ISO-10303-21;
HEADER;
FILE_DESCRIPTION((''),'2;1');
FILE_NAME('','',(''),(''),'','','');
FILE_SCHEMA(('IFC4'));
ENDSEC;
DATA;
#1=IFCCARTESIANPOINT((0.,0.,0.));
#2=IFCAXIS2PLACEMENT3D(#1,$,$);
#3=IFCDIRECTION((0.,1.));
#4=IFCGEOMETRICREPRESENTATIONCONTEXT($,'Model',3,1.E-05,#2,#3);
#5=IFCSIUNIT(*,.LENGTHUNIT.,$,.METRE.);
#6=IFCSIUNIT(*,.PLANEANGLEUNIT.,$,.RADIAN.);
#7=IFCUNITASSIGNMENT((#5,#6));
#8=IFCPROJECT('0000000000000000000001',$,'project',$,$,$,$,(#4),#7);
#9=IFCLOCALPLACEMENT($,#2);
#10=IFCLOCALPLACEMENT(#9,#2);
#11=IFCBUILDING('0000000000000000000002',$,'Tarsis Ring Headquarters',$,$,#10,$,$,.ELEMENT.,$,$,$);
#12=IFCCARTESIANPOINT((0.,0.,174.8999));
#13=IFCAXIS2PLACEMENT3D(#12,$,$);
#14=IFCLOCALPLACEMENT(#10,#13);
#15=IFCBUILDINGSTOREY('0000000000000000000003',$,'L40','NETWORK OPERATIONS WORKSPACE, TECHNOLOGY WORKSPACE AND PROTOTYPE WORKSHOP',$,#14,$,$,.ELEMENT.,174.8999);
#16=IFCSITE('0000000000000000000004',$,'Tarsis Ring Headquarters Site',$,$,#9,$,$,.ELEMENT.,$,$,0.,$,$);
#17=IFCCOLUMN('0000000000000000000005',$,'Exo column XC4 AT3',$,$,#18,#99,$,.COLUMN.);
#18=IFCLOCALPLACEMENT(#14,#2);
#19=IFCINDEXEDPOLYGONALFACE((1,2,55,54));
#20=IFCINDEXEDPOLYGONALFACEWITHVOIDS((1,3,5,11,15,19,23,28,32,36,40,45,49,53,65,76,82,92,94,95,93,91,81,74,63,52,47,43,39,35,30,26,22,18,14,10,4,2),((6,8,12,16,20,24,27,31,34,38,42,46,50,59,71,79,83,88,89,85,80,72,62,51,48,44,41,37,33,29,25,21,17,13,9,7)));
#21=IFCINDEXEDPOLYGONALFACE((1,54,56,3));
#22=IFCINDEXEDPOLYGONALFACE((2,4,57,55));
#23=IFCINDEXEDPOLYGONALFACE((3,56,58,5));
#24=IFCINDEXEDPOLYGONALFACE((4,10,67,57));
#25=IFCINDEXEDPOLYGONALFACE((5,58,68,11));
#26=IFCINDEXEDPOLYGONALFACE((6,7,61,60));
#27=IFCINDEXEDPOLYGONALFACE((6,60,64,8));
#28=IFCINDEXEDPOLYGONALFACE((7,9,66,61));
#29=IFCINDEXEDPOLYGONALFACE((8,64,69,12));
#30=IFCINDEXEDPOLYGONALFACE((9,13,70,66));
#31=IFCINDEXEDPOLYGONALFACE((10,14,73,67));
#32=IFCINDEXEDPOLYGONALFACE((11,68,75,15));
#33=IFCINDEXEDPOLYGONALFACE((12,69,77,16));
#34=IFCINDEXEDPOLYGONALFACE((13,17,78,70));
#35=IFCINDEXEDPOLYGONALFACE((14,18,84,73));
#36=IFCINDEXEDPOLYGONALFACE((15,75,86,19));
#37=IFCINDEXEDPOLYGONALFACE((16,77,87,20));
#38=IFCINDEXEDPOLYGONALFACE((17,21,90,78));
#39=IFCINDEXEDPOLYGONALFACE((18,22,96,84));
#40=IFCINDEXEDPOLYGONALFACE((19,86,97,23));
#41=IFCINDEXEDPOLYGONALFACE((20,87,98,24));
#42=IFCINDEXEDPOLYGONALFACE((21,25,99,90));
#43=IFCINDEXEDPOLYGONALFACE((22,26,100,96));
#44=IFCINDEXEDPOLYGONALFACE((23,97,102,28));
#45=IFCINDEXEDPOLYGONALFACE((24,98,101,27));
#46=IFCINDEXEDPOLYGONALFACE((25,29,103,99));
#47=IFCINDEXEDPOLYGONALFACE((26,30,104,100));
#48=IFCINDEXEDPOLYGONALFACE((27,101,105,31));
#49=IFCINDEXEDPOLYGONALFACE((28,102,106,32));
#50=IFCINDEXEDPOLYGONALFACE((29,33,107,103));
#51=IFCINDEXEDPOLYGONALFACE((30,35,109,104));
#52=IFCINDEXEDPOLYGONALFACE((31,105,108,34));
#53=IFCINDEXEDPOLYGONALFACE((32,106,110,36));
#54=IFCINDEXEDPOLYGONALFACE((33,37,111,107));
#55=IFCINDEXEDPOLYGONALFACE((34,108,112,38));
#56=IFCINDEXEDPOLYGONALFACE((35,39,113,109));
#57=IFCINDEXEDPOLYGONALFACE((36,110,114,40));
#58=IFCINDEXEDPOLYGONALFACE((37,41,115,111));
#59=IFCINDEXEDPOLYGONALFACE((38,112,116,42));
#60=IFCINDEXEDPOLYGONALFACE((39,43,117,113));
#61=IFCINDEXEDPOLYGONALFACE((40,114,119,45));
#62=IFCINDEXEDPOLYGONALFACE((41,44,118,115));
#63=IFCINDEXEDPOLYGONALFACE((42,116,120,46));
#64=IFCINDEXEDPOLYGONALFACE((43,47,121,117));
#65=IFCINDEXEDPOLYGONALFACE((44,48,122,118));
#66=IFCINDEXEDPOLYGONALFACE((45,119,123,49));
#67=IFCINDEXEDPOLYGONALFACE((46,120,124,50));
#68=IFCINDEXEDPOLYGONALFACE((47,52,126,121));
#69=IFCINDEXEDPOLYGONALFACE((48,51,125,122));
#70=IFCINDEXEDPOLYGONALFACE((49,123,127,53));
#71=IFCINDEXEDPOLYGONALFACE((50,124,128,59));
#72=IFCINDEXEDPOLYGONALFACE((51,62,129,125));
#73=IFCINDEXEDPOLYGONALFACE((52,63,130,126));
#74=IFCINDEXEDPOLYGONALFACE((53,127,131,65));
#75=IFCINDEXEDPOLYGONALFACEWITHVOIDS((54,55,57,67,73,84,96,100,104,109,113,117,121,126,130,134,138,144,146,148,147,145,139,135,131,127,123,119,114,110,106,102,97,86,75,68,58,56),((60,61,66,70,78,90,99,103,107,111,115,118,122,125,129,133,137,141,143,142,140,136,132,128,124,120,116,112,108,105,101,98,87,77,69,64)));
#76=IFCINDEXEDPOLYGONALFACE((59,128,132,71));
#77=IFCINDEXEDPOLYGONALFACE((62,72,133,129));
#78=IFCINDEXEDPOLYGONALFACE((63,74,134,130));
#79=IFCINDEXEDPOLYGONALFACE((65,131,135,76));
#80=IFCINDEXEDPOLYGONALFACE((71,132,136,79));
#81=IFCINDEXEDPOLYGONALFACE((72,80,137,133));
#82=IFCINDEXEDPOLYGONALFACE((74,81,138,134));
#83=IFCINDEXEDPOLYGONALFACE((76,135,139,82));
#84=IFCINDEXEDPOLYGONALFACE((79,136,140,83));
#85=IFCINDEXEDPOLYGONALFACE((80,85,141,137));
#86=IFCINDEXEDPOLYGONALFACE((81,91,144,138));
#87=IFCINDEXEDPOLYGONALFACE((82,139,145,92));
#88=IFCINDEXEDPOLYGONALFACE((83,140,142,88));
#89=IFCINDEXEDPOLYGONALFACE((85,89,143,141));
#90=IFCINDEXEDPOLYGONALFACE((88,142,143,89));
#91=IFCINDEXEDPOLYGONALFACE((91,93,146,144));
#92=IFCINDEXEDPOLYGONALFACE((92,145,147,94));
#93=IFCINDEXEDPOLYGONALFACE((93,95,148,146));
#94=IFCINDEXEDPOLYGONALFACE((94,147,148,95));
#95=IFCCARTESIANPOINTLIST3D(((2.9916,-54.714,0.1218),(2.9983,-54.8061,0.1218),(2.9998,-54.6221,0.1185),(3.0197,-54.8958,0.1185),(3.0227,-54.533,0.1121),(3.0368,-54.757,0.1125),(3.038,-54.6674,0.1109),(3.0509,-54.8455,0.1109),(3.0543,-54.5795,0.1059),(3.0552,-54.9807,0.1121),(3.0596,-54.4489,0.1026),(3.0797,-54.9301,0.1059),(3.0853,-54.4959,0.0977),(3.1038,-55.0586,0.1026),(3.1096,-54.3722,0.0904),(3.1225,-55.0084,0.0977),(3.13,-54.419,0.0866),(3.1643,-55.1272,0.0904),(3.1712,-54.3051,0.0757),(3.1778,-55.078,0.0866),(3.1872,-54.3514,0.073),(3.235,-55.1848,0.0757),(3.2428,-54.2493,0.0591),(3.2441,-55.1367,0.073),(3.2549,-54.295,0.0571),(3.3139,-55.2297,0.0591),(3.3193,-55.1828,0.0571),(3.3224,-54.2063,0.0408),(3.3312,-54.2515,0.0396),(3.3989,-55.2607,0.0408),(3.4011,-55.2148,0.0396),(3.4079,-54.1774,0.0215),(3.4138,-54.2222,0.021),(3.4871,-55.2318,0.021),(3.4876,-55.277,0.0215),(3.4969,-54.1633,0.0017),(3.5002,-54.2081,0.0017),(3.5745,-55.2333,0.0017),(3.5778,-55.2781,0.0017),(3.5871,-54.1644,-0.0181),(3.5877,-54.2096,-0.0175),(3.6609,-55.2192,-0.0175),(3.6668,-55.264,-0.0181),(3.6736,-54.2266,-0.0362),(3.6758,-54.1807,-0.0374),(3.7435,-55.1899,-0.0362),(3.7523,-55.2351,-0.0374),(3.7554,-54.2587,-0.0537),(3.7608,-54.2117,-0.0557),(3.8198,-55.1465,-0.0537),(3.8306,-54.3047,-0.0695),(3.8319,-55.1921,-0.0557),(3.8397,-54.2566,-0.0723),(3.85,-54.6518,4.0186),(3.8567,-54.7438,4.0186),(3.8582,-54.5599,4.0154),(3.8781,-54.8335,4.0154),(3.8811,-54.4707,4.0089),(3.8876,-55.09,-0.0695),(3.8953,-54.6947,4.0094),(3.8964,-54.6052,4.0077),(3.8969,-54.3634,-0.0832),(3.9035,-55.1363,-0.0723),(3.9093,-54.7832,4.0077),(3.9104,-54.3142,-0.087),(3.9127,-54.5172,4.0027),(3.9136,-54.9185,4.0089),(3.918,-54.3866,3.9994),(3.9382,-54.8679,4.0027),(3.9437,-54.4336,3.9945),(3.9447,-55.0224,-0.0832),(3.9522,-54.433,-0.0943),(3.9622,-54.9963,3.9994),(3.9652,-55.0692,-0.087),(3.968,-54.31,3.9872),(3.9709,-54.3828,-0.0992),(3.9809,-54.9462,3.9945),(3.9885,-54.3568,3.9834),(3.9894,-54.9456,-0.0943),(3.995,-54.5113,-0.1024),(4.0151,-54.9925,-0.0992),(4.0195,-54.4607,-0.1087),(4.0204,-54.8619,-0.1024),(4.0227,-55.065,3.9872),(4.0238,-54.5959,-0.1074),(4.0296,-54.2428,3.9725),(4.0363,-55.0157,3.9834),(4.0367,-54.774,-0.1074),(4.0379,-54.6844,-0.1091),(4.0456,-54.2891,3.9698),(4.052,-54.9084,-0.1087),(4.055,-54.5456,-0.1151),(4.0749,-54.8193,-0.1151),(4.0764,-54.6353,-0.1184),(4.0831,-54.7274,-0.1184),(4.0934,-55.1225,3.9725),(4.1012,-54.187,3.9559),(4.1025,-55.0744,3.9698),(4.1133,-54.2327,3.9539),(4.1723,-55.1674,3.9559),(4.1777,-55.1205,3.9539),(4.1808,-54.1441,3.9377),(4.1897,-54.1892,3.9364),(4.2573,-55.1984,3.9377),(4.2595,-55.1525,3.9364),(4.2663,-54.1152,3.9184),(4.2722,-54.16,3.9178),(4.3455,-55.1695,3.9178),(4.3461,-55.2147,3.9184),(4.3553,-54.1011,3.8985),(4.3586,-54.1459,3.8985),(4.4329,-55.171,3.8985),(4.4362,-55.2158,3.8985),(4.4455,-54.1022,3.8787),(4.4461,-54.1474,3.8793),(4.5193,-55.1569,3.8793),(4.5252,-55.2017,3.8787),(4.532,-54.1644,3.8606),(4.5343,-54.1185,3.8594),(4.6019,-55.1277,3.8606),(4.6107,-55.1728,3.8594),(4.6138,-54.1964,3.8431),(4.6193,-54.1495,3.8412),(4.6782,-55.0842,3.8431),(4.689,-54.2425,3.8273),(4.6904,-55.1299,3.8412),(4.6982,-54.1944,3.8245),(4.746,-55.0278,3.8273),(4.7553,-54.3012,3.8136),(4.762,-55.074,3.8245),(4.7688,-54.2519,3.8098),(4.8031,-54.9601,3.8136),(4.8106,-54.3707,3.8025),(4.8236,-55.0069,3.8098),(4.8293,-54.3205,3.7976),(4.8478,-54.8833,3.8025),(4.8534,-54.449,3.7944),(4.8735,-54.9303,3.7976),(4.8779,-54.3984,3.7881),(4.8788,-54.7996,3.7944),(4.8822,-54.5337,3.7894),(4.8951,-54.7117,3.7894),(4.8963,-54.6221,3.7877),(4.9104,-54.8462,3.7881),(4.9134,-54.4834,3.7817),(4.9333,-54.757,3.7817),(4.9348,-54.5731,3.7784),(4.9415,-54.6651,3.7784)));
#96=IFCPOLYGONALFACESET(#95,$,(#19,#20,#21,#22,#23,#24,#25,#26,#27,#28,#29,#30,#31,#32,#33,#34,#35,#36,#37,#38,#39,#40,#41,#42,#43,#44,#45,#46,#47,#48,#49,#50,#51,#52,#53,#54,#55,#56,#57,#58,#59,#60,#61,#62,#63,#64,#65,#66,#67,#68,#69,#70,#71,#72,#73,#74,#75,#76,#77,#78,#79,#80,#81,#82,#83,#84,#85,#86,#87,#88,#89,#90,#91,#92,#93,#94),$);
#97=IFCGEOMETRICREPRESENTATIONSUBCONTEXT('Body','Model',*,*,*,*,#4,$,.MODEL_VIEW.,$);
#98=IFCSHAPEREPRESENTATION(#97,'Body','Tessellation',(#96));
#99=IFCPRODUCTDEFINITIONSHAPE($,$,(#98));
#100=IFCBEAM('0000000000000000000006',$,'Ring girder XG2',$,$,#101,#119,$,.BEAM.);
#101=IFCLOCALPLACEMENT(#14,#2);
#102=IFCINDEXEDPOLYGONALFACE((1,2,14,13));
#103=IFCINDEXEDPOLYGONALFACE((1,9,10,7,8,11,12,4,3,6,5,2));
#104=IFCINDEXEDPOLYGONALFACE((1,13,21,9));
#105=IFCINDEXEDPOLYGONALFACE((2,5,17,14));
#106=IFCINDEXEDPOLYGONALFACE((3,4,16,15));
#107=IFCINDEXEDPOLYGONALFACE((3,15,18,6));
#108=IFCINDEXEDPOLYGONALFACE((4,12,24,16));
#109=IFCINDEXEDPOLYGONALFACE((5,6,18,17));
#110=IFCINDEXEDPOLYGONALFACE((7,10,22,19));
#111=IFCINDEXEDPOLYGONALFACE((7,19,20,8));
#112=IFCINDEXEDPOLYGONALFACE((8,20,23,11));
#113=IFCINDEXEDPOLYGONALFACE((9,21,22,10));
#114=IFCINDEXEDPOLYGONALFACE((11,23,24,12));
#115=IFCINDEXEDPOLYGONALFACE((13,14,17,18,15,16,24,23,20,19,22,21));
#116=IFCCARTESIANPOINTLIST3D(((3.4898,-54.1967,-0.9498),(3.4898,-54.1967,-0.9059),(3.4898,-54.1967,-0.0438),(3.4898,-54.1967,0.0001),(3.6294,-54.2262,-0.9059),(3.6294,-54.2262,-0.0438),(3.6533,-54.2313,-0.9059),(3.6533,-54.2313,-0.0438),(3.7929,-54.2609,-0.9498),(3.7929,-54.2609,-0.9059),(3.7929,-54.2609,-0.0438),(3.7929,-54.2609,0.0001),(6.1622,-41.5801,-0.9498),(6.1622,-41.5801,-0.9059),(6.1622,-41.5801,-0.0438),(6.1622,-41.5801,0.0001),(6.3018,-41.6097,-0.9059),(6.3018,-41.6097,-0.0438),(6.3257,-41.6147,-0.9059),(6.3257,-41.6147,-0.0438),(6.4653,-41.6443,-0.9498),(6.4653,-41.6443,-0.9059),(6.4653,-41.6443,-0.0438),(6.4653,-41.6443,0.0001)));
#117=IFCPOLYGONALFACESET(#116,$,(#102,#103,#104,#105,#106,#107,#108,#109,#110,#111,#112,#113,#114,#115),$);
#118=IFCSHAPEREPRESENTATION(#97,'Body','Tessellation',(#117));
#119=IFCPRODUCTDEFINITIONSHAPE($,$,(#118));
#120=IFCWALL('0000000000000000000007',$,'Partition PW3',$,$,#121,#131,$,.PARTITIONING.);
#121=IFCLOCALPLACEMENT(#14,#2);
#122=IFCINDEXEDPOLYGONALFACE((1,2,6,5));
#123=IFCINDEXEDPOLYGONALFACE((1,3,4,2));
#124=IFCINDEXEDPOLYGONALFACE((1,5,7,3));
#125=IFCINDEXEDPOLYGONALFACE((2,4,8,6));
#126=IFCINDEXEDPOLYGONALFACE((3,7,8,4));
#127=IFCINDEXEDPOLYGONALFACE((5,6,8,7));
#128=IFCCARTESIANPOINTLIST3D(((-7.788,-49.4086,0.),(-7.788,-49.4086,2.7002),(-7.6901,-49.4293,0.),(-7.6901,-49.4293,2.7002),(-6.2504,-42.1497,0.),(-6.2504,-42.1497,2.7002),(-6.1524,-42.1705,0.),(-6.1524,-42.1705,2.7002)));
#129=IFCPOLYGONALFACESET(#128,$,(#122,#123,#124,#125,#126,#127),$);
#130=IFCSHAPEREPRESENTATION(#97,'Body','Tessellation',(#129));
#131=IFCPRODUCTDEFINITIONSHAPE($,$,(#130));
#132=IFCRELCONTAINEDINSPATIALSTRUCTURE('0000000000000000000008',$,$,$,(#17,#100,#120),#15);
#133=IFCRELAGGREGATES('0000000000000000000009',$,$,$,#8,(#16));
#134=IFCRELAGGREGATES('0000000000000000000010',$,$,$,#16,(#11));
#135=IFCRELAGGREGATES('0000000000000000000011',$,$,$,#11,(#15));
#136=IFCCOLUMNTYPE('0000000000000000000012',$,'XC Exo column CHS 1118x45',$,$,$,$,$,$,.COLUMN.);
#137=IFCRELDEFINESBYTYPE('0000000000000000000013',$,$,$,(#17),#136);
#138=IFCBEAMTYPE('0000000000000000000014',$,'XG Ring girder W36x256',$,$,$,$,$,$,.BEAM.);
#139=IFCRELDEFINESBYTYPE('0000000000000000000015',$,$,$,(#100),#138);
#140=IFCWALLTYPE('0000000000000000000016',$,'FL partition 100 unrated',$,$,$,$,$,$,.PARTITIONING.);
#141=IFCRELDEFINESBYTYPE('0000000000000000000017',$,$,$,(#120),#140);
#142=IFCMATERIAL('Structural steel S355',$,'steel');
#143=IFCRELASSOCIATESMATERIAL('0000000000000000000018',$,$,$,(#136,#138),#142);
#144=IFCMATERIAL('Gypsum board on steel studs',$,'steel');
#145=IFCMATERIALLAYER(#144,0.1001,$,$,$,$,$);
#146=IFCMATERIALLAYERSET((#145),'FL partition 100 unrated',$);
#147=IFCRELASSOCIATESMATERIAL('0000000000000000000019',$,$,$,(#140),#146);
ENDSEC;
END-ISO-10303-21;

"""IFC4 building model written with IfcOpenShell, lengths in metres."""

from ifc_helpers import new_model, si_unit, direction, frame, frame_2d, origin, origin_2d, place, context, subcontext, project, spatial, rectangle, hollow_circle, i_section, extrude, material, layer, layer_set, material_profile, profile_set, type_object, element, save


model = new_model("IFC4")

# Units and contexts
model_context = context("Model", 3, precision=1e-05, world=origin(), true_north=direction((0.0, 1.0)))
body_context = subcontext(model_context, "Body", "Model", "MODEL_VIEW")
ifc_project = project(units=[si_unit("LENGTHUNIT", "METRE"), si_unit("PLANEANGLEUNIT", "RADIAN")], contexts=[model_context])

# Site, building, storey
site_placement = place(None, origin())
site = spatial("IfcSite", under=ifc_project, at=site_placement, Name="Tarsis Ring Headquarters Site", CompositionType="ELEMENT", RefElevation=0.0)
building_placement = place(site_placement, origin())
building = spatial("IfcBuilding", under=site, at=building_placement, Name="Tarsis Ring Headquarters", CompositionType="ELEMENT")
storey_placement = place(building_placement, frame((0.0, 0.0, 174.8999)))
storey = spatial("IfcBuildingStorey", under=building, at=storey_placement, Name="L40", Description="NETWORK OPERATIONS WORKSPACE, TECHNOLOGY WORKSPACE AND PROTOTYPE WORKSHOP", CompositionType="ELEMENT", Elevation=174.8999)

# Column
ifc_material_1 = material(Name="Structural steel S355", Category="steel")
ifc_material_profile_1 = material_profile(ifc_material_1, hollow_circle(Radius=0.5588, WallThickness=0.0449, at=origin_2d()), Name="CHS 1118x45")
ifc_profile_set_1 = profile_set([ifc_material_profile_1], Name="Structural steel S355")
column_type = type_object("IfcColumnType", Name="XC Exo column CHS 1118x45", PredefinedType="COLUMN", material=ifc_profile_set_1)
column_placement = place(storey_placement, frame((3.5374, -54.7207, 0.0017), z_axis=(0.215103, 0.0156, 0.976467), x_axis=(-0.072336, 0.99738, 0.0)))
element("IfcColumn", 1, at=column_placement, inside=storey, type_object=column_type, Name="Exo column XC4 AT3", PredefinedType="COLUMN", context=body_context, shape_type="SweptSolid", body=[
    extrude(hollow_circle(Radius=0.5588, WallThickness=0.0449, at=origin_2d()), origin(), (0.0, 0.0, 1.0), 3.9907),
])

# Beam
ifc_material_profile_2 = material_profile(ifc_material_1, i_section(OverallWidth=0.3098, OverallDepth=0.95, WebThickness=0.0244, FlangeThickness=0.0439, at=origin_2d()), Name="W36x256")
ifc_profile_set_2 = profile_set([ifc_material_profile_2], Name="Structural steel S355")
beam_type = type_object("IfcBeamType", Name="XG Ring girder W36x256", PredefinedType="BEAM", material=ifc_profile_set_2)
beam_placement = place(storey_placement, frame((3.6414, -54.2288, -0.4749), z_axis=(0.207218, 0.978295, 0.0), x_axis=(-0.978295, 0.207218, 0.0)))
element("IfcBeam", 2, at=beam_placement, inside=storey, type_object=beam_type, Name="Ring girder XG2", PredefinedType="BEAM", context=body_context, shape_type="SweptSolid", body=[
    extrude(i_section(OverallWidth=0.3098, OverallDepth=0.95, WebThickness=0.0244, FlangeThickness=0.0439, at=origin_2d()), origin(), (0.0, 0.0, 1.0), 12.8965),
])

# Wall
ifc_material_2 = material(Name="Gypsum board on steel studs", Category="steel")
ifc_layer_1 = layer(ifc_material_2, 0.1001)
ifc_layer_set_1 = layer_set([ifc_layer_1], Name="FL partition 100 unrated")
wall_type_1 = type_object("IfcWallType", Name="FL partition 100 unrated", PredefinedType="PARTITIONING", material=ifc_layer_set_1)
wall_1_placement = place(storey_placement, frame((-7.739, -49.4189, 0.0), z_axis=(0.0, 0.0, 1.0), x_axis=(0.207227, 0.978293, 0.0)))
element("IfcWall", 3, at=wall_1_placement, inside=storey, type_object=wall_type_1, Name="Partition PW3", PredefinedType="PARTITIONING", context=body_context, shape_type="SweptSolid", body=[
    extrude(rectangle(XDim=7.4199, YDim=0.1001, at=frame_2d((3.71, 0.0))), origin(), (0.0, 0.0, 1.0), 2.7002),
])

save(model, "model.ifc")
